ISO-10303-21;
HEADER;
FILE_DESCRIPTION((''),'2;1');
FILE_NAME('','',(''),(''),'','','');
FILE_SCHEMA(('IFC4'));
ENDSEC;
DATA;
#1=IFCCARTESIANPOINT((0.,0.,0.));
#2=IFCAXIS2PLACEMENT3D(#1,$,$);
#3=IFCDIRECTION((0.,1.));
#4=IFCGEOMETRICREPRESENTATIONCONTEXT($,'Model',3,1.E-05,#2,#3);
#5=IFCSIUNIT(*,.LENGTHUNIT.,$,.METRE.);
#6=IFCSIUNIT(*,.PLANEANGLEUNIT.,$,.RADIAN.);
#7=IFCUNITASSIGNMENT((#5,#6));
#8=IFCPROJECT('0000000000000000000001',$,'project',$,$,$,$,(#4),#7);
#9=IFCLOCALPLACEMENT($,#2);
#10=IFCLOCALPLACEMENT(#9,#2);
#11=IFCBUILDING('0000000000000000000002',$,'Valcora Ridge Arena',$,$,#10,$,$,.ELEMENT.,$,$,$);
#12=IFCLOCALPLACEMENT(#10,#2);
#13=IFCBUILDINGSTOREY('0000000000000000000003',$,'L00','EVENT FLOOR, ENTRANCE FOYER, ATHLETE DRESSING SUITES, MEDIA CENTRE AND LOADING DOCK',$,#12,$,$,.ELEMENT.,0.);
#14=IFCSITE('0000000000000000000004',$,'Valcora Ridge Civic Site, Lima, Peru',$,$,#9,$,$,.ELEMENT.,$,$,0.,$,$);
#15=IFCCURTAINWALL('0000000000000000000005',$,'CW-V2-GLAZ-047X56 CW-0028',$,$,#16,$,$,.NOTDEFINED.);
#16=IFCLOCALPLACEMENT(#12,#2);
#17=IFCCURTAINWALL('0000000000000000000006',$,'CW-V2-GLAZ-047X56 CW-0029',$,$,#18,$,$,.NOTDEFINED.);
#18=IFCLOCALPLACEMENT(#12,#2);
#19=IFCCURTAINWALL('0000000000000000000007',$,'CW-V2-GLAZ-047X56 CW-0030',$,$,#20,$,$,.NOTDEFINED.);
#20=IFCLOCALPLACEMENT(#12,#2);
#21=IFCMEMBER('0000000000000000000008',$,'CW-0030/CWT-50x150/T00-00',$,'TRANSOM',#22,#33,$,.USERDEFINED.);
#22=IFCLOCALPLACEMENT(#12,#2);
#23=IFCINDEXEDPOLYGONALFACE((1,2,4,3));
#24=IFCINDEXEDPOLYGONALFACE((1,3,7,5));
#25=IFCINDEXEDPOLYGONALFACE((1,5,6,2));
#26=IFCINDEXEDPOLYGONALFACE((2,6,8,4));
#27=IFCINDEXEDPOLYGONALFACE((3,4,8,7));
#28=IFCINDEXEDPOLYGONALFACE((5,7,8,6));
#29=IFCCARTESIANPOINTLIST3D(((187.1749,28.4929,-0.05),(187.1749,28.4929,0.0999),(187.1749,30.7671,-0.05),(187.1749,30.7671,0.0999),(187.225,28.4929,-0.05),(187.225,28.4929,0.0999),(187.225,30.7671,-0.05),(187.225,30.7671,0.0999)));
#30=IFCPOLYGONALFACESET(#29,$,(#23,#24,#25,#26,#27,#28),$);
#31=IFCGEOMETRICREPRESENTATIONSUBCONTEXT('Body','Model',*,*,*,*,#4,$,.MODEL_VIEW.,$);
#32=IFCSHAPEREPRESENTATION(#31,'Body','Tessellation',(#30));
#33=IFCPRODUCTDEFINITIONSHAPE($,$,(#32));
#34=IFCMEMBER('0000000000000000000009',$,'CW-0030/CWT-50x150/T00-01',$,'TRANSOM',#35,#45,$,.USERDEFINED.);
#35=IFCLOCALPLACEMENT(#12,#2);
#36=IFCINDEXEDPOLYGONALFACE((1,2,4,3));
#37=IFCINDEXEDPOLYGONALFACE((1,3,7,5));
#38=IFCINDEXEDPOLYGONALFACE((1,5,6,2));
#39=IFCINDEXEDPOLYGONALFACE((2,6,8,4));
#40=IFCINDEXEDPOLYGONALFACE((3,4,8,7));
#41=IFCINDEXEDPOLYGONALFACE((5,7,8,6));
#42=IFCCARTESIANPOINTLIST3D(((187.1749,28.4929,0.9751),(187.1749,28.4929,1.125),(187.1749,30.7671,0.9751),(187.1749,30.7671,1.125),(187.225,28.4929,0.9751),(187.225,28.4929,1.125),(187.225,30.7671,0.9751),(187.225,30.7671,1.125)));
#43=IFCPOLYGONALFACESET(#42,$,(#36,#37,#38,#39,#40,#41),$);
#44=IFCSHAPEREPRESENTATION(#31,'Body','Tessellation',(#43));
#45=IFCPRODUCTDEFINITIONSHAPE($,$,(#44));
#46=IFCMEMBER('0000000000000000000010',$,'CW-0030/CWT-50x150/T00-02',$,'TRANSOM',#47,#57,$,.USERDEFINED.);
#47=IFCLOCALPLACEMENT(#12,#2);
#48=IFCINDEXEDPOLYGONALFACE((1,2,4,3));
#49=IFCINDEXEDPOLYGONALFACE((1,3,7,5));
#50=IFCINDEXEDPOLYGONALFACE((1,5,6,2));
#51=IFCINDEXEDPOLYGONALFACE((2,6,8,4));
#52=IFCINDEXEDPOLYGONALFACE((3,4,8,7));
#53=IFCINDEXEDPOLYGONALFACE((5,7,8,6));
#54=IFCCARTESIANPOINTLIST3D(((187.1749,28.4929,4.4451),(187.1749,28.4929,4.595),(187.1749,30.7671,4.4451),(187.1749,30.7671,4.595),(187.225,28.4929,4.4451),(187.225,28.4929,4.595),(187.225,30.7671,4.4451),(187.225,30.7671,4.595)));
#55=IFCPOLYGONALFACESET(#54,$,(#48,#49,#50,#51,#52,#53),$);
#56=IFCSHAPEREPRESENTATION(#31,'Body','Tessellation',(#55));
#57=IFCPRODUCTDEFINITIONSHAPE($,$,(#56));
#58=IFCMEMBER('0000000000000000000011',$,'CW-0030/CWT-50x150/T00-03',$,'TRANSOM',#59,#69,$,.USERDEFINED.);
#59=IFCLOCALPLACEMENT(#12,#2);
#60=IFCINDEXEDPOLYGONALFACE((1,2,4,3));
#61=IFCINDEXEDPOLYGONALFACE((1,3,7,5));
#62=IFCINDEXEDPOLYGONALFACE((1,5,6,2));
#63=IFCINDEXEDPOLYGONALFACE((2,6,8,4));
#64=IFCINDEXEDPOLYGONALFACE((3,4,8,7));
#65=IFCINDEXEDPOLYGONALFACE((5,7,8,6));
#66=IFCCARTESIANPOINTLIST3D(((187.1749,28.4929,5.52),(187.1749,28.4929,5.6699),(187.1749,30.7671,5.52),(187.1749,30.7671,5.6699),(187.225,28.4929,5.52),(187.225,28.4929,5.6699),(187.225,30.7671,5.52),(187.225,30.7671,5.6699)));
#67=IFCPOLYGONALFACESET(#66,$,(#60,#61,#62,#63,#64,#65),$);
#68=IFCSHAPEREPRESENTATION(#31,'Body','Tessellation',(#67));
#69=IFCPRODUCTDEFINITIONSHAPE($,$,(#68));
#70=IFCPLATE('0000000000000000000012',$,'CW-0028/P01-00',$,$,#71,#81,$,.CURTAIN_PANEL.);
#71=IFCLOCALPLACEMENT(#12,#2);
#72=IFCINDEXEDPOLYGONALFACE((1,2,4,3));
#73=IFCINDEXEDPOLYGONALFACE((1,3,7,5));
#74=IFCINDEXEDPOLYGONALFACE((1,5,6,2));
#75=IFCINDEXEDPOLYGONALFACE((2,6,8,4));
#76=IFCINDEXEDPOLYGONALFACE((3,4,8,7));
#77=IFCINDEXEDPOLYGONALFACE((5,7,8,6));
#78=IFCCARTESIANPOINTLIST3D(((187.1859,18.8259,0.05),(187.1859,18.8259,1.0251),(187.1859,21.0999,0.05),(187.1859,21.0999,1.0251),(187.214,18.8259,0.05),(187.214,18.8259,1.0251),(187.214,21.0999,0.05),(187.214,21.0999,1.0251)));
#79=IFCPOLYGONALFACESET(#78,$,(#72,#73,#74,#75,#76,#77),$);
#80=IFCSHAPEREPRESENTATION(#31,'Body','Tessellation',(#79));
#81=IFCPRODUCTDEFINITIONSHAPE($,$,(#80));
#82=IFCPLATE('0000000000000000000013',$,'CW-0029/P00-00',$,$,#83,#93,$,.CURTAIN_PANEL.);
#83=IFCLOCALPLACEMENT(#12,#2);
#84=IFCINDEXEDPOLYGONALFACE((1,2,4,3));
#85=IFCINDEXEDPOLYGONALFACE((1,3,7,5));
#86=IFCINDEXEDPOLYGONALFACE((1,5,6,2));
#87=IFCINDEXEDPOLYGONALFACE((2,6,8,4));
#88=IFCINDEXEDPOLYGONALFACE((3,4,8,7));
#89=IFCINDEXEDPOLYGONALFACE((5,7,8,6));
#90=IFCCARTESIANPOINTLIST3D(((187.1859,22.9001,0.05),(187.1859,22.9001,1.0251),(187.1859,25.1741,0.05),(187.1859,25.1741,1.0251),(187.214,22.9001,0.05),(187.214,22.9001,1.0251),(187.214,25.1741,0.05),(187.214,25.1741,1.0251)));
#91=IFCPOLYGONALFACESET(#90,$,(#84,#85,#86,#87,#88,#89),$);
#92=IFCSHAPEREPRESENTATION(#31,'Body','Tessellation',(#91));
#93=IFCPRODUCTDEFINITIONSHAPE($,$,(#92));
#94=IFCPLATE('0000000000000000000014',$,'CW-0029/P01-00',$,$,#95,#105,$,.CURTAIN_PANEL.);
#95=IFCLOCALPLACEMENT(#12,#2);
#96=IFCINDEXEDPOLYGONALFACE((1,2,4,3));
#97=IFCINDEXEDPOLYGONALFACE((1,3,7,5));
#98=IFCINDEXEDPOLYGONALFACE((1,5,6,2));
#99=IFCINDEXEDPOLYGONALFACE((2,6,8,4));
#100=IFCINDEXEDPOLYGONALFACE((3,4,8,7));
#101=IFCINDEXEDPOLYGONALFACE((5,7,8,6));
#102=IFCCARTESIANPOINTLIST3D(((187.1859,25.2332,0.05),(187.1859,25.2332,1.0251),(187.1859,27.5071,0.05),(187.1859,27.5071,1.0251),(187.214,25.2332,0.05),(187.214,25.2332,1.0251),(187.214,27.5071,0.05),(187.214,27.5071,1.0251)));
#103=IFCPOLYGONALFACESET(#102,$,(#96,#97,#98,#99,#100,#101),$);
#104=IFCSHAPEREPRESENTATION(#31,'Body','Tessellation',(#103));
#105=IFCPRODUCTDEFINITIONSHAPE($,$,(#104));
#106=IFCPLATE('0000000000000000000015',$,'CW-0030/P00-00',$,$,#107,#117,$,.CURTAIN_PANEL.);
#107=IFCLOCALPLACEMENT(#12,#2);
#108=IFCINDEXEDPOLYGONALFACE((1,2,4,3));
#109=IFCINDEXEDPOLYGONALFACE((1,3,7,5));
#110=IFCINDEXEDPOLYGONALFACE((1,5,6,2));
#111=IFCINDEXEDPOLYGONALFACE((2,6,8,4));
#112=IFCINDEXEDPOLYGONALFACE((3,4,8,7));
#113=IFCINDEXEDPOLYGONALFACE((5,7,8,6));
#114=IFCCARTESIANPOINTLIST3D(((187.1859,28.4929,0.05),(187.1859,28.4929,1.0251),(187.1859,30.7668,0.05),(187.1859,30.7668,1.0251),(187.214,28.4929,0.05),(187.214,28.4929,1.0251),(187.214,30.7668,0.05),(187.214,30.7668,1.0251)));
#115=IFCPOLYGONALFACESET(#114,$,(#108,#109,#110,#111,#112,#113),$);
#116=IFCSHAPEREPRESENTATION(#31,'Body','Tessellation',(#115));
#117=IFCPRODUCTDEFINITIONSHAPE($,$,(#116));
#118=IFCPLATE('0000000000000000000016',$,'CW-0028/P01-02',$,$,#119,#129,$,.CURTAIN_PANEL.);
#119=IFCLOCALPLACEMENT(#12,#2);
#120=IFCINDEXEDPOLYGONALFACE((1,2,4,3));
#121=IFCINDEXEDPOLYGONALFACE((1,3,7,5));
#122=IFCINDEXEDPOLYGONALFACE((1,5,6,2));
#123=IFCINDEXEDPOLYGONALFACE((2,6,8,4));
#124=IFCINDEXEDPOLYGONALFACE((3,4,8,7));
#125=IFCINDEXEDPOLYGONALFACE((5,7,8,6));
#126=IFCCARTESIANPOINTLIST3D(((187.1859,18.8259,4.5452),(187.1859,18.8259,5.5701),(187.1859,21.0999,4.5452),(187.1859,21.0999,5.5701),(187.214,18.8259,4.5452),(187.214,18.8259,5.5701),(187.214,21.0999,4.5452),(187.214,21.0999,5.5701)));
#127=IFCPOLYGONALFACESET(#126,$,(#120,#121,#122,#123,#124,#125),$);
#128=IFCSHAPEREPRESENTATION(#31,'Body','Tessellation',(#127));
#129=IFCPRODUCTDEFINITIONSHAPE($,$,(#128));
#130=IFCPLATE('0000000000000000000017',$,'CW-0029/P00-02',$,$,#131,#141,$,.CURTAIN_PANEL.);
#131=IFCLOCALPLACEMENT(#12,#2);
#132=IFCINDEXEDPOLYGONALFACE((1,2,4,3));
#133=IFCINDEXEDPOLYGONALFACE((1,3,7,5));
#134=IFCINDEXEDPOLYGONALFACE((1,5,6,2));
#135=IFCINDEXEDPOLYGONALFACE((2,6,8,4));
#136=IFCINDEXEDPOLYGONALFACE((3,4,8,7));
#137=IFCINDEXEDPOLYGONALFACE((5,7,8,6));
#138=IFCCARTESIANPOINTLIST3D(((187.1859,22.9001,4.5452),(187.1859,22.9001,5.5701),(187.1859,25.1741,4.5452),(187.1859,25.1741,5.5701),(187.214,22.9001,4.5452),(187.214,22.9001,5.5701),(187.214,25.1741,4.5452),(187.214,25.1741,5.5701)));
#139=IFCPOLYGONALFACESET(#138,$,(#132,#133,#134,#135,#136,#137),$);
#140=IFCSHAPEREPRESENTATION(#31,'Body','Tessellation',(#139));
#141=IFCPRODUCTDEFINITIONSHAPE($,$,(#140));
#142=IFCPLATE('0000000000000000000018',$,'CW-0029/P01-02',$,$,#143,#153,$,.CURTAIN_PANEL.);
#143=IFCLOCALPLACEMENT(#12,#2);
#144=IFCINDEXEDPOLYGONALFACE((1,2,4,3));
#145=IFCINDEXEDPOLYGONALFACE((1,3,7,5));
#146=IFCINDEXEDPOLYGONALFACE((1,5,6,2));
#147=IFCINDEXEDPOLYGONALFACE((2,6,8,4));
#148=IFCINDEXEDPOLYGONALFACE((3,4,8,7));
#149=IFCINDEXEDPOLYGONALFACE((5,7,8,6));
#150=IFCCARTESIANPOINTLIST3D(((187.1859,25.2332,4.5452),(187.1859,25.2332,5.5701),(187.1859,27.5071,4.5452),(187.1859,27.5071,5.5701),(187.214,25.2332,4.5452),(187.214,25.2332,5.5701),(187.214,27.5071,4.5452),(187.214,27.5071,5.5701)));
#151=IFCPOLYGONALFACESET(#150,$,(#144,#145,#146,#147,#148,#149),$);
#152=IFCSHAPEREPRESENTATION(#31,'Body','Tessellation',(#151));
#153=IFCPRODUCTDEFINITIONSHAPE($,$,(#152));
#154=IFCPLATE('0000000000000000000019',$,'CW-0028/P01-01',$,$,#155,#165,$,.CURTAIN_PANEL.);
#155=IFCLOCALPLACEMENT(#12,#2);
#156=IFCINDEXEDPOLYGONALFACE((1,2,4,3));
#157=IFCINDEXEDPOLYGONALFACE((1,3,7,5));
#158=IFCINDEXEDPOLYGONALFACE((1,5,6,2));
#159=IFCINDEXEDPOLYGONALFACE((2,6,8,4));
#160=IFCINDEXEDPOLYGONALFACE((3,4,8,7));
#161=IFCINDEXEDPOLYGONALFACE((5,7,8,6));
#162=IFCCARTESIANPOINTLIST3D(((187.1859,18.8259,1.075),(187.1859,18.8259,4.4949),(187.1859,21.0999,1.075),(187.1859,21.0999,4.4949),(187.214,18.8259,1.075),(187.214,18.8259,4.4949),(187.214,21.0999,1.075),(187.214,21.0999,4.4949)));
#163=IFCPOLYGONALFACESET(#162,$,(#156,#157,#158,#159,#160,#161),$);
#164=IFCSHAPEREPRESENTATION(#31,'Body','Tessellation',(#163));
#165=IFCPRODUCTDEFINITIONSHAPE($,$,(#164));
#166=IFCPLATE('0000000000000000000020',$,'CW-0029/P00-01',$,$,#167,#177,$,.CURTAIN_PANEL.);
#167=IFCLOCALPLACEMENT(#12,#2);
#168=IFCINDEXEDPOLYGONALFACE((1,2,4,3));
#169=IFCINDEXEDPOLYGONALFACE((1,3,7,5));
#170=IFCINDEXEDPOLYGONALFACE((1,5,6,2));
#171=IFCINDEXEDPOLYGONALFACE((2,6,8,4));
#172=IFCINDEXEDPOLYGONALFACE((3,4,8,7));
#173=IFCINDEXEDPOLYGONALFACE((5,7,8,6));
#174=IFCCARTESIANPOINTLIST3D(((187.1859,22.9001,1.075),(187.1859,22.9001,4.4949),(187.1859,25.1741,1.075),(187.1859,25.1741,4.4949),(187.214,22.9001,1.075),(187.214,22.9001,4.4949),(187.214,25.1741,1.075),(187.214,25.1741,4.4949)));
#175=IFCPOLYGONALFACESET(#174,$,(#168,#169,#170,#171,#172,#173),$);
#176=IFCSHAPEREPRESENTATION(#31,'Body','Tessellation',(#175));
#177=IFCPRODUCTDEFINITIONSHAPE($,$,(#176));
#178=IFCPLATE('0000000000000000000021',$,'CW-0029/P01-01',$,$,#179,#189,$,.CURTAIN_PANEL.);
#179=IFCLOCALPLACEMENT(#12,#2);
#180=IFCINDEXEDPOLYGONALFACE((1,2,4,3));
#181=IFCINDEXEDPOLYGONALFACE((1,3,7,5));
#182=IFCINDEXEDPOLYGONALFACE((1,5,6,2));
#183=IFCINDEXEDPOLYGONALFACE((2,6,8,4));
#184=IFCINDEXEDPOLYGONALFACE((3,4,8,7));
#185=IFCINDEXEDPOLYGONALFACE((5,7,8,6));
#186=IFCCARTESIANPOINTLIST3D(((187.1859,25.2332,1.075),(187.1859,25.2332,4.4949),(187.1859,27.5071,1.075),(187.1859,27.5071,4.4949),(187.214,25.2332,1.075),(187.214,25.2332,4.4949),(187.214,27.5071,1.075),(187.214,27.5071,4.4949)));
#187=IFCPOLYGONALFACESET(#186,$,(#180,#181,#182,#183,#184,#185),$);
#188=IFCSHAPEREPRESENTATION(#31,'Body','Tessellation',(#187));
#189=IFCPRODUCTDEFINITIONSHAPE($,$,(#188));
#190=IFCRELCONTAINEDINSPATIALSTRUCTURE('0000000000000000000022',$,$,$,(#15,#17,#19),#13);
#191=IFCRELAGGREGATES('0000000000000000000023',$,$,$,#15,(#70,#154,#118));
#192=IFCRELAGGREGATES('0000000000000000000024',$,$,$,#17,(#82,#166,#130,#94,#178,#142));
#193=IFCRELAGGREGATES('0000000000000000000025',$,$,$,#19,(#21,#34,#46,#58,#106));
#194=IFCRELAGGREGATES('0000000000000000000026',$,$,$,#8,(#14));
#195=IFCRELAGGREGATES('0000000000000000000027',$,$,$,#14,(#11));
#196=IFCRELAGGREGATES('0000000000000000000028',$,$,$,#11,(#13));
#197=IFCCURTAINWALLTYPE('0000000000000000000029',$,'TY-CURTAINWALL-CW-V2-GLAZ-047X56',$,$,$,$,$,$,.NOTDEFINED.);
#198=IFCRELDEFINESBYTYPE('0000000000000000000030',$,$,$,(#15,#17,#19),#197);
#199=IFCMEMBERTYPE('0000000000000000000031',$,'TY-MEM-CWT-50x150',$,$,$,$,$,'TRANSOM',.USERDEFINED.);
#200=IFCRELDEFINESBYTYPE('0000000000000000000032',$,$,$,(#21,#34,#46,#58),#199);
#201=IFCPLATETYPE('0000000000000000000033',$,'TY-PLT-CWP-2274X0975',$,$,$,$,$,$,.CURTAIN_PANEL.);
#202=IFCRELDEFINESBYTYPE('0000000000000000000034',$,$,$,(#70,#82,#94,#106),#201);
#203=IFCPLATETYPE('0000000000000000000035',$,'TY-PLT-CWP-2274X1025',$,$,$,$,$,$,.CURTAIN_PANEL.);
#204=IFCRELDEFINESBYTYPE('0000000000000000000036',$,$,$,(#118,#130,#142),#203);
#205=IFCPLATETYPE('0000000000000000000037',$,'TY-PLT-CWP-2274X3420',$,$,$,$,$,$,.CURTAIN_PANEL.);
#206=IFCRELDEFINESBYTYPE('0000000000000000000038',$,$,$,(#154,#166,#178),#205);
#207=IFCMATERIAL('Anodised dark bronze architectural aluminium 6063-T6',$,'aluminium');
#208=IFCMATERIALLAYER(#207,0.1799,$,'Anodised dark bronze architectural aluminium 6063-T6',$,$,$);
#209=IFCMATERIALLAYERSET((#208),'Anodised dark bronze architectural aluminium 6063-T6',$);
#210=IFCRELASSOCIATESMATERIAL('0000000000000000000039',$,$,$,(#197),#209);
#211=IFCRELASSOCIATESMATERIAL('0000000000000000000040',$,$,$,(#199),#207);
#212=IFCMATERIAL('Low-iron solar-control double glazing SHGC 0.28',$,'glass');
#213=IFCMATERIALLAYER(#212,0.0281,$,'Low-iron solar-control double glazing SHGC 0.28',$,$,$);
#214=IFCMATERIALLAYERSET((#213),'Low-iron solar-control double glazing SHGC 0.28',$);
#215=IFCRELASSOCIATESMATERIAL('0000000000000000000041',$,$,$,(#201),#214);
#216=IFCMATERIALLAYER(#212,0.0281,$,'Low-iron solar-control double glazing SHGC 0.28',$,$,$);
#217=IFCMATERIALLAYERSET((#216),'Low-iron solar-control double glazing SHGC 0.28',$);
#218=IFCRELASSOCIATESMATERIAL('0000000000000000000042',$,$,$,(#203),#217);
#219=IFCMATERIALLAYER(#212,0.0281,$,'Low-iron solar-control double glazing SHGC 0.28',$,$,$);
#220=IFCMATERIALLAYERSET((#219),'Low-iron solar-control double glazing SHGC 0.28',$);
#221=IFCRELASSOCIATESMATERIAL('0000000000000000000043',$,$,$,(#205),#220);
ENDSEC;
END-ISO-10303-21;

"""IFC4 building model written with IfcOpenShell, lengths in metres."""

from ifc_helpers import new_model, si_unit, direction, frame, origin, origin_2d, place, context, subcontext, project, spatial, rectangle, extrude, material, layer, layer_set, material_profile, profile_set, type_object, element, aggregate, save


model = new_model("IFC4")

# Units and contexts
model_context = context("Model", 3, precision=1e-05, world=origin(), true_north=direction((0.0, 1.0)))
body_context = subcontext(model_context, "Body", "Model", "MODEL_VIEW")
ifc_project = project(units=[si_unit("LENGTHUNIT", "METRE"), si_unit("PLANEANGLEUNIT", "RADIAN")], contexts=[model_context])

# Site, building, storey
site_placement = place(None, origin())
site = spatial("IfcSite", under=ifc_project, at=site_placement, Name="Valcora Ridge Civic Site, Lima, Peru", CompositionType="ELEMENT", RefElevation=0.0)
building_placement = place(site_placement, origin())
building = spatial("IfcBuilding", under=site, at=building_placement, Name="Valcora Ridge Arena", CompositionType="ELEMENT")
storey_placement = place(building_placement, origin())
storey = spatial("IfcBuildingStorey", under=building, at=storey_placement, Name="L00", Description="EVENT FLOOR, ENTRANCE FOYER, ATHLETE DRESSING SUITES, MEDIA CENTRE AND LOADING DOCK", CompositionType="ELEMENT", Elevation=0.0)

# Curtain walls
ifc_material_1 = material(Name="Anodised dark bronze architectural aluminium 6063-T6", Category="aluminium")
ifc_layer_1 = layer(ifc_material_1, 0.1799, Name="Anodised dark bronze architectural aluminium 6063-T6")
ifc_layer_set_1 = layer_set([ifc_layer_1], Name="Anodised dark bronze architectural aluminium 6063-T6")
curtain_wall_type = type_object("IfcCurtainWallType", Name="TY-CURTAINWALL-CW-V2-GLAZ-047X56", PredefinedType="NOTDEFINED", material=ifc_layer_set_1)
curtain_wall_1_placement = place(storey_placement, origin())
curtain_wall_1 = element("IfcCurtainWall", 1, at=curtain_wall_1_placement, inside=storey, type_object=curtain_wall_type, Name="CW-V2-GLAZ-047X56 CW-0028", PredefinedType="NOTDEFINED")
curtain_wall_2_placement = place(storey_placement, origin())
curtain_wall_2 = element("IfcCurtainWall", 2, at=curtain_wall_2_placement, inside=storey, type_object=curtain_wall_type, Name="CW-V2-GLAZ-047X56 CW-0029", PredefinedType="NOTDEFINED")

# Curtain wall
curtain_wall_3_placement = place(storey_placement, origin())
curtain_wall_3 = element("IfcCurtainWall", 3, at=curtain_wall_3_placement, inside=storey, type_object=curtain_wall_type, Name="CW-V2-GLAZ-047X56 CW-0030", PredefinedType="NOTDEFINED")

# Members
ifc_material_profile_1 = material_profile(ifc_material_1, rectangle(XDim=0.05, YDim=0.1499, at=origin_2d()), Name="ALU TRANSOM 50x150")
ifc_profile_set_1 = profile_set([ifc_material_profile_1], Name="Anodised dark bronze architectural aluminium 6063-T6")
member_type_1 = type_object("IfcMemberType", Name="TY-MEM-CWT-50x150", ElementType="TRANSOM", PredefinedType="USERDEFINED", material=ifc_profile_set_1)
member_1_placement = place(storey_placement, frame((187.2, 28.4929, 0.0249), z_axis=(0.0, 1.0, 0.0), x_axis=(-1.0, 0.0, 0.0)))
member_1 = element("IfcMember", 4, at=member_1_placement, type_object=member_type_1, Name="CW-0030/CWT-50x150/T00-00", ObjectType="TRANSOM", PredefinedType="USERDEFINED", context=body_context, shape_type="SweptSolid", body=[
    extrude(rectangle(XDim=0.05, YDim=0.1499, at=origin_2d()), origin(), (0.0, 0.0, 1.0), 2.2742),
])
member_2_placement = place(storey_placement, frame((187.2, 28.4929, 1.05), z_axis=(0.0, 1.0, 0.0), x_axis=(-1.0, 0.0, 0.0)))
member_2 = element("IfcMember", 5, at=member_2_placement, type_object=member_type_1, Name="CW-0030/CWT-50x150/T00-01", ObjectType="TRANSOM", PredefinedType="USERDEFINED", context=body_context, shape_type="SweptSolid", body=[
    extrude(rectangle(XDim=0.05, YDim=0.1499, at=origin_2d()), origin(), (0.0, 0.0, 1.0), 2.2742),
])
member_3_placement = place(storey_placement, frame((187.2, 28.4929, 4.52), z_axis=(0.0, 1.0, 0.0), x_axis=(-1.0, 0.0, 0.0)))
member_3 = element("IfcMember", 6, at=member_3_placement, type_object=member_type_1, Name="CW-0030/CWT-50x150/T00-02", ObjectType="TRANSOM", PredefinedType="USERDEFINED", context=body_context, shape_type="SweptSolid", body=[
    extrude(rectangle(XDim=0.05, YDim=0.1499, at=origin_2d()), origin(), (0.0, 0.0, 1.0), 2.2742),
])
member_4_placement = place(storey_placement, frame((187.2, 28.4929, 5.595), z_axis=(0.0, 1.0, 0.0), x_axis=(-1.0, 0.0, 0.0)))
member_4 = element("IfcMember", 7, at=member_4_placement, type_object=member_type_1, Name="CW-0030/CWT-50x150/T00-03", ObjectType="TRANSOM", PredefinedType="USERDEFINED", context=body_context, shape_type="SweptSolid", body=[
    extrude(rectangle(XDim=0.05, YDim=0.1499, at=origin_2d()), origin(), (0.0, 0.0, 1.0), 2.2742),
])

# Plates
ifc_material_2 = material(Name="Low-iron solar-control double glazing SHGC 0.28", Category="glass")
ifc_layer_2 = layer(ifc_material_2, 0.0281, Name="Low-iron solar-control double glazing SHGC 0.28")
ifc_layer_set_2 = layer_set([ifc_layer_2], Name="Low-iron solar-control double glazing SHGC 0.28")
plate_type_1 = type_object("IfcPlateType", Name="TY-PLT-CWP-2274X0975", PredefinedType="CURTAIN_PANEL", material=ifc_layer_set_2)
plate_1_placement = place(storey_placement, frame((187.2, 19.9629, 0.05), z_axis=(0.0, 0.0, 1.0), x_axis=(0.0, 1.0, 0.0)))
plate_1 = element("IfcPlate", 8, at=plate_1_placement, type_object=plate_type_1, Name="CW-0028/P01-00", PredefinedType="CURTAIN_PANEL", context=body_context, shape_type="SweptSolid", body=[
    extrude(rectangle(XDim=2.2739, YDim=0.0281, at=origin_2d()), origin(), (0.0, 0.0, 1.0), 0.9751),
])
plate_2_placement = place(storey_placement, frame((187.2, 24.0371, 0.05), z_axis=(0.0, 0.0, 1.0), x_axis=(0.0, 1.0, 0.0)))
plate_2 = element("IfcPlate", 9, at=plate_2_placement, type_object=plate_type_1, Name="CW-0029/P00-00", PredefinedType="CURTAIN_PANEL", context=body_context, shape_type="SweptSolid", body=[
    extrude(rectangle(XDim=2.2739, YDim=0.0281, at=origin_2d()), origin(), (0.0, 0.0, 1.0), 0.9751),
])
plate_3_placement = place(storey_placement, frame((187.2, 26.3701, 0.05), z_axis=(0.0, 0.0, 1.0), x_axis=(0.0, 1.0, 0.0)))
plate_3 = element("IfcPlate", 10, at=plate_3_placement, type_object=plate_type_1, Name="CW-0029/P01-00", PredefinedType="CURTAIN_PANEL", context=body_context, shape_type="SweptSolid", body=[
    extrude(rectangle(XDim=2.2739, YDim=0.0281, at=origin_2d()), origin(), (0.0, 0.0, 1.0), 0.9751),
])
plate_4_placement = place(storey_placement, frame((187.2, 29.6299, 0.05), z_axis=(0.0, 0.0, 1.0), x_axis=(0.0, 1.0, 0.0)))
plate_4 = element("IfcPlate", 11, at=plate_4_placement, type_object=plate_type_1, Name="CW-0030/P00-00", PredefinedType="CURTAIN_PANEL", context=body_context, shape_type="SweptSolid", body=[
    extrude(rectangle(XDim=2.2739, YDim=0.0281, at=origin_2d()), origin(), (0.0, 0.0, 1.0), 0.9751),
])
ifc_layer_3 = layer(ifc_material_2, 0.0281, Name="Low-iron solar-control double glazing SHGC 0.28")
ifc_layer_set_3 = layer_set([ifc_layer_3], Name="Low-iron solar-control double glazing SHGC 0.28")
plate_type_2 = type_object("IfcPlateType", Name="TY-PLT-CWP-2274X1025", PredefinedType="CURTAIN_PANEL", material=ifc_layer_set_3)
plate_5_placement = place(storey_placement, frame((187.2, 19.9629, 4.5452), z_axis=(0.0, 0.0, 1.0), x_axis=(0.0, 1.0, 0.0)))
plate_5 = element("IfcPlate", 12, at=plate_5_placement, type_object=plate_type_2, Name="CW-0028/P01-02", PredefinedType="CURTAIN_PANEL", context=body_context, shape_type="SweptSolid", body=[
    extrude(rectangle(XDim=2.2739, YDim=0.0281, at=origin_2d()), origin(), (0.0, 0.0, 1.0), 1.0249),
])
plate_6_placement = place(storey_placement, frame((187.2, 24.0371, 4.5452), z_axis=(0.0, 0.0, 1.0), x_axis=(0.0, 1.0, 0.0)))
plate_6 = element("IfcPlate", 13, at=plate_6_placement, type_object=plate_type_2, Name="CW-0029/P00-02", PredefinedType="CURTAIN_PANEL", context=body_context, shape_type="SweptSolid", body=[
    extrude(rectangle(XDim=2.2739, YDim=0.0281, at=origin_2d()), origin(), (0.0, 0.0, 1.0), 1.0249),
])
plate_7_placement = place(storey_placement, frame((187.2, 26.3701, 4.5452), z_axis=(0.0, 0.0, 1.0), x_axis=(0.0, 1.0, 0.0)))
plate_7 = element("IfcPlate", 14, at=plate_7_placement, type_object=plate_type_2, Name="CW-0029/P01-02", PredefinedType="CURTAIN_PANEL", context=body_context, shape_type="SweptSolid", body=[
    extrude(rectangle(XDim=2.2739, YDim=0.0281, at=origin_2d()), origin(), (0.0, 0.0, 1.0), 1.0249),
])
ifc_layer_4 = layer(ifc_material_2, 0.0281, Name="Low-iron solar-control double glazing SHGC 0.28")
ifc_layer_set_4 = layer_set([ifc_layer_4], Name="Low-iron solar-control double glazing SHGC 0.28")
plate_type_3 = type_object("IfcPlateType", Name="TY-PLT-CWP-2274X3420", PredefinedType="CURTAIN_PANEL", material=ifc_layer_set_4)
plate_8_placement = place(storey_placement, frame((187.2, 19.9629, 1.075), z_axis=(0.0, 0.0, 1.0), x_axis=(0.0, 1.0, 0.0)))
plate_8 = element("IfcPlate", 15, at=plate_8_placement, type_object=plate_type_3, Name="CW-0028/P01-01", PredefinedType="CURTAIN_PANEL", context=body_context, shape_type="SweptSolid", body=[
    extrude(rectangle(XDim=2.2739, YDim=0.0281, at=origin_2d()), origin(), (0.0, 0.0, 1.0), 3.4199),
])
aggregate(curtain_wall_1, [plate_1, plate_8, plate_5])
plate_9_placement = place(storey_placement, frame((187.2, 24.0371, 1.075), z_axis=(0.0, 0.0, 1.0), x_axis=(0.0, 1.0, 0.0)))
plate_9 = element("IfcPlate", 16, at=plate_9_placement, type_object=plate_type_3, Name="CW-0029/P00-01", PredefinedType="CURTAIN_PANEL", context=body_context, shape_type="SweptSolid", body=[
    extrude(rectangle(XDim=2.2739, YDim=0.0281, at=origin_2d()), origin(), (0.0, 0.0, 1.0), 3.4199),
])
plate_10_placement = place(storey_placement, frame((187.2, 26.3701, 1.075), z_axis=(0.0, 0.0, 1.0), x_axis=(0.0, 1.0, 0.0)))
plate_10 = element("IfcPlate", 17, at=plate_10_placement, type_object=plate_type_3, Name="CW-0029/P01-01", PredefinedType="CURTAIN_PANEL", context=body_context, shape_type="SweptSolid", body=[
    extrude(rectangle(XDim=2.2739, YDim=0.0281, at=origin_2d()), origin(), (0.0, 0.0, 1.0), 3.4199),
])
aggregate(curtain_wall_2, [plate_2, plate_9, plate_6, plate_3, plate_10, plate_7])
aggregate(curtain_wall_3, [member_1, member_2, member_3, member_4, plate_4])

save(model, "model.ifc")
